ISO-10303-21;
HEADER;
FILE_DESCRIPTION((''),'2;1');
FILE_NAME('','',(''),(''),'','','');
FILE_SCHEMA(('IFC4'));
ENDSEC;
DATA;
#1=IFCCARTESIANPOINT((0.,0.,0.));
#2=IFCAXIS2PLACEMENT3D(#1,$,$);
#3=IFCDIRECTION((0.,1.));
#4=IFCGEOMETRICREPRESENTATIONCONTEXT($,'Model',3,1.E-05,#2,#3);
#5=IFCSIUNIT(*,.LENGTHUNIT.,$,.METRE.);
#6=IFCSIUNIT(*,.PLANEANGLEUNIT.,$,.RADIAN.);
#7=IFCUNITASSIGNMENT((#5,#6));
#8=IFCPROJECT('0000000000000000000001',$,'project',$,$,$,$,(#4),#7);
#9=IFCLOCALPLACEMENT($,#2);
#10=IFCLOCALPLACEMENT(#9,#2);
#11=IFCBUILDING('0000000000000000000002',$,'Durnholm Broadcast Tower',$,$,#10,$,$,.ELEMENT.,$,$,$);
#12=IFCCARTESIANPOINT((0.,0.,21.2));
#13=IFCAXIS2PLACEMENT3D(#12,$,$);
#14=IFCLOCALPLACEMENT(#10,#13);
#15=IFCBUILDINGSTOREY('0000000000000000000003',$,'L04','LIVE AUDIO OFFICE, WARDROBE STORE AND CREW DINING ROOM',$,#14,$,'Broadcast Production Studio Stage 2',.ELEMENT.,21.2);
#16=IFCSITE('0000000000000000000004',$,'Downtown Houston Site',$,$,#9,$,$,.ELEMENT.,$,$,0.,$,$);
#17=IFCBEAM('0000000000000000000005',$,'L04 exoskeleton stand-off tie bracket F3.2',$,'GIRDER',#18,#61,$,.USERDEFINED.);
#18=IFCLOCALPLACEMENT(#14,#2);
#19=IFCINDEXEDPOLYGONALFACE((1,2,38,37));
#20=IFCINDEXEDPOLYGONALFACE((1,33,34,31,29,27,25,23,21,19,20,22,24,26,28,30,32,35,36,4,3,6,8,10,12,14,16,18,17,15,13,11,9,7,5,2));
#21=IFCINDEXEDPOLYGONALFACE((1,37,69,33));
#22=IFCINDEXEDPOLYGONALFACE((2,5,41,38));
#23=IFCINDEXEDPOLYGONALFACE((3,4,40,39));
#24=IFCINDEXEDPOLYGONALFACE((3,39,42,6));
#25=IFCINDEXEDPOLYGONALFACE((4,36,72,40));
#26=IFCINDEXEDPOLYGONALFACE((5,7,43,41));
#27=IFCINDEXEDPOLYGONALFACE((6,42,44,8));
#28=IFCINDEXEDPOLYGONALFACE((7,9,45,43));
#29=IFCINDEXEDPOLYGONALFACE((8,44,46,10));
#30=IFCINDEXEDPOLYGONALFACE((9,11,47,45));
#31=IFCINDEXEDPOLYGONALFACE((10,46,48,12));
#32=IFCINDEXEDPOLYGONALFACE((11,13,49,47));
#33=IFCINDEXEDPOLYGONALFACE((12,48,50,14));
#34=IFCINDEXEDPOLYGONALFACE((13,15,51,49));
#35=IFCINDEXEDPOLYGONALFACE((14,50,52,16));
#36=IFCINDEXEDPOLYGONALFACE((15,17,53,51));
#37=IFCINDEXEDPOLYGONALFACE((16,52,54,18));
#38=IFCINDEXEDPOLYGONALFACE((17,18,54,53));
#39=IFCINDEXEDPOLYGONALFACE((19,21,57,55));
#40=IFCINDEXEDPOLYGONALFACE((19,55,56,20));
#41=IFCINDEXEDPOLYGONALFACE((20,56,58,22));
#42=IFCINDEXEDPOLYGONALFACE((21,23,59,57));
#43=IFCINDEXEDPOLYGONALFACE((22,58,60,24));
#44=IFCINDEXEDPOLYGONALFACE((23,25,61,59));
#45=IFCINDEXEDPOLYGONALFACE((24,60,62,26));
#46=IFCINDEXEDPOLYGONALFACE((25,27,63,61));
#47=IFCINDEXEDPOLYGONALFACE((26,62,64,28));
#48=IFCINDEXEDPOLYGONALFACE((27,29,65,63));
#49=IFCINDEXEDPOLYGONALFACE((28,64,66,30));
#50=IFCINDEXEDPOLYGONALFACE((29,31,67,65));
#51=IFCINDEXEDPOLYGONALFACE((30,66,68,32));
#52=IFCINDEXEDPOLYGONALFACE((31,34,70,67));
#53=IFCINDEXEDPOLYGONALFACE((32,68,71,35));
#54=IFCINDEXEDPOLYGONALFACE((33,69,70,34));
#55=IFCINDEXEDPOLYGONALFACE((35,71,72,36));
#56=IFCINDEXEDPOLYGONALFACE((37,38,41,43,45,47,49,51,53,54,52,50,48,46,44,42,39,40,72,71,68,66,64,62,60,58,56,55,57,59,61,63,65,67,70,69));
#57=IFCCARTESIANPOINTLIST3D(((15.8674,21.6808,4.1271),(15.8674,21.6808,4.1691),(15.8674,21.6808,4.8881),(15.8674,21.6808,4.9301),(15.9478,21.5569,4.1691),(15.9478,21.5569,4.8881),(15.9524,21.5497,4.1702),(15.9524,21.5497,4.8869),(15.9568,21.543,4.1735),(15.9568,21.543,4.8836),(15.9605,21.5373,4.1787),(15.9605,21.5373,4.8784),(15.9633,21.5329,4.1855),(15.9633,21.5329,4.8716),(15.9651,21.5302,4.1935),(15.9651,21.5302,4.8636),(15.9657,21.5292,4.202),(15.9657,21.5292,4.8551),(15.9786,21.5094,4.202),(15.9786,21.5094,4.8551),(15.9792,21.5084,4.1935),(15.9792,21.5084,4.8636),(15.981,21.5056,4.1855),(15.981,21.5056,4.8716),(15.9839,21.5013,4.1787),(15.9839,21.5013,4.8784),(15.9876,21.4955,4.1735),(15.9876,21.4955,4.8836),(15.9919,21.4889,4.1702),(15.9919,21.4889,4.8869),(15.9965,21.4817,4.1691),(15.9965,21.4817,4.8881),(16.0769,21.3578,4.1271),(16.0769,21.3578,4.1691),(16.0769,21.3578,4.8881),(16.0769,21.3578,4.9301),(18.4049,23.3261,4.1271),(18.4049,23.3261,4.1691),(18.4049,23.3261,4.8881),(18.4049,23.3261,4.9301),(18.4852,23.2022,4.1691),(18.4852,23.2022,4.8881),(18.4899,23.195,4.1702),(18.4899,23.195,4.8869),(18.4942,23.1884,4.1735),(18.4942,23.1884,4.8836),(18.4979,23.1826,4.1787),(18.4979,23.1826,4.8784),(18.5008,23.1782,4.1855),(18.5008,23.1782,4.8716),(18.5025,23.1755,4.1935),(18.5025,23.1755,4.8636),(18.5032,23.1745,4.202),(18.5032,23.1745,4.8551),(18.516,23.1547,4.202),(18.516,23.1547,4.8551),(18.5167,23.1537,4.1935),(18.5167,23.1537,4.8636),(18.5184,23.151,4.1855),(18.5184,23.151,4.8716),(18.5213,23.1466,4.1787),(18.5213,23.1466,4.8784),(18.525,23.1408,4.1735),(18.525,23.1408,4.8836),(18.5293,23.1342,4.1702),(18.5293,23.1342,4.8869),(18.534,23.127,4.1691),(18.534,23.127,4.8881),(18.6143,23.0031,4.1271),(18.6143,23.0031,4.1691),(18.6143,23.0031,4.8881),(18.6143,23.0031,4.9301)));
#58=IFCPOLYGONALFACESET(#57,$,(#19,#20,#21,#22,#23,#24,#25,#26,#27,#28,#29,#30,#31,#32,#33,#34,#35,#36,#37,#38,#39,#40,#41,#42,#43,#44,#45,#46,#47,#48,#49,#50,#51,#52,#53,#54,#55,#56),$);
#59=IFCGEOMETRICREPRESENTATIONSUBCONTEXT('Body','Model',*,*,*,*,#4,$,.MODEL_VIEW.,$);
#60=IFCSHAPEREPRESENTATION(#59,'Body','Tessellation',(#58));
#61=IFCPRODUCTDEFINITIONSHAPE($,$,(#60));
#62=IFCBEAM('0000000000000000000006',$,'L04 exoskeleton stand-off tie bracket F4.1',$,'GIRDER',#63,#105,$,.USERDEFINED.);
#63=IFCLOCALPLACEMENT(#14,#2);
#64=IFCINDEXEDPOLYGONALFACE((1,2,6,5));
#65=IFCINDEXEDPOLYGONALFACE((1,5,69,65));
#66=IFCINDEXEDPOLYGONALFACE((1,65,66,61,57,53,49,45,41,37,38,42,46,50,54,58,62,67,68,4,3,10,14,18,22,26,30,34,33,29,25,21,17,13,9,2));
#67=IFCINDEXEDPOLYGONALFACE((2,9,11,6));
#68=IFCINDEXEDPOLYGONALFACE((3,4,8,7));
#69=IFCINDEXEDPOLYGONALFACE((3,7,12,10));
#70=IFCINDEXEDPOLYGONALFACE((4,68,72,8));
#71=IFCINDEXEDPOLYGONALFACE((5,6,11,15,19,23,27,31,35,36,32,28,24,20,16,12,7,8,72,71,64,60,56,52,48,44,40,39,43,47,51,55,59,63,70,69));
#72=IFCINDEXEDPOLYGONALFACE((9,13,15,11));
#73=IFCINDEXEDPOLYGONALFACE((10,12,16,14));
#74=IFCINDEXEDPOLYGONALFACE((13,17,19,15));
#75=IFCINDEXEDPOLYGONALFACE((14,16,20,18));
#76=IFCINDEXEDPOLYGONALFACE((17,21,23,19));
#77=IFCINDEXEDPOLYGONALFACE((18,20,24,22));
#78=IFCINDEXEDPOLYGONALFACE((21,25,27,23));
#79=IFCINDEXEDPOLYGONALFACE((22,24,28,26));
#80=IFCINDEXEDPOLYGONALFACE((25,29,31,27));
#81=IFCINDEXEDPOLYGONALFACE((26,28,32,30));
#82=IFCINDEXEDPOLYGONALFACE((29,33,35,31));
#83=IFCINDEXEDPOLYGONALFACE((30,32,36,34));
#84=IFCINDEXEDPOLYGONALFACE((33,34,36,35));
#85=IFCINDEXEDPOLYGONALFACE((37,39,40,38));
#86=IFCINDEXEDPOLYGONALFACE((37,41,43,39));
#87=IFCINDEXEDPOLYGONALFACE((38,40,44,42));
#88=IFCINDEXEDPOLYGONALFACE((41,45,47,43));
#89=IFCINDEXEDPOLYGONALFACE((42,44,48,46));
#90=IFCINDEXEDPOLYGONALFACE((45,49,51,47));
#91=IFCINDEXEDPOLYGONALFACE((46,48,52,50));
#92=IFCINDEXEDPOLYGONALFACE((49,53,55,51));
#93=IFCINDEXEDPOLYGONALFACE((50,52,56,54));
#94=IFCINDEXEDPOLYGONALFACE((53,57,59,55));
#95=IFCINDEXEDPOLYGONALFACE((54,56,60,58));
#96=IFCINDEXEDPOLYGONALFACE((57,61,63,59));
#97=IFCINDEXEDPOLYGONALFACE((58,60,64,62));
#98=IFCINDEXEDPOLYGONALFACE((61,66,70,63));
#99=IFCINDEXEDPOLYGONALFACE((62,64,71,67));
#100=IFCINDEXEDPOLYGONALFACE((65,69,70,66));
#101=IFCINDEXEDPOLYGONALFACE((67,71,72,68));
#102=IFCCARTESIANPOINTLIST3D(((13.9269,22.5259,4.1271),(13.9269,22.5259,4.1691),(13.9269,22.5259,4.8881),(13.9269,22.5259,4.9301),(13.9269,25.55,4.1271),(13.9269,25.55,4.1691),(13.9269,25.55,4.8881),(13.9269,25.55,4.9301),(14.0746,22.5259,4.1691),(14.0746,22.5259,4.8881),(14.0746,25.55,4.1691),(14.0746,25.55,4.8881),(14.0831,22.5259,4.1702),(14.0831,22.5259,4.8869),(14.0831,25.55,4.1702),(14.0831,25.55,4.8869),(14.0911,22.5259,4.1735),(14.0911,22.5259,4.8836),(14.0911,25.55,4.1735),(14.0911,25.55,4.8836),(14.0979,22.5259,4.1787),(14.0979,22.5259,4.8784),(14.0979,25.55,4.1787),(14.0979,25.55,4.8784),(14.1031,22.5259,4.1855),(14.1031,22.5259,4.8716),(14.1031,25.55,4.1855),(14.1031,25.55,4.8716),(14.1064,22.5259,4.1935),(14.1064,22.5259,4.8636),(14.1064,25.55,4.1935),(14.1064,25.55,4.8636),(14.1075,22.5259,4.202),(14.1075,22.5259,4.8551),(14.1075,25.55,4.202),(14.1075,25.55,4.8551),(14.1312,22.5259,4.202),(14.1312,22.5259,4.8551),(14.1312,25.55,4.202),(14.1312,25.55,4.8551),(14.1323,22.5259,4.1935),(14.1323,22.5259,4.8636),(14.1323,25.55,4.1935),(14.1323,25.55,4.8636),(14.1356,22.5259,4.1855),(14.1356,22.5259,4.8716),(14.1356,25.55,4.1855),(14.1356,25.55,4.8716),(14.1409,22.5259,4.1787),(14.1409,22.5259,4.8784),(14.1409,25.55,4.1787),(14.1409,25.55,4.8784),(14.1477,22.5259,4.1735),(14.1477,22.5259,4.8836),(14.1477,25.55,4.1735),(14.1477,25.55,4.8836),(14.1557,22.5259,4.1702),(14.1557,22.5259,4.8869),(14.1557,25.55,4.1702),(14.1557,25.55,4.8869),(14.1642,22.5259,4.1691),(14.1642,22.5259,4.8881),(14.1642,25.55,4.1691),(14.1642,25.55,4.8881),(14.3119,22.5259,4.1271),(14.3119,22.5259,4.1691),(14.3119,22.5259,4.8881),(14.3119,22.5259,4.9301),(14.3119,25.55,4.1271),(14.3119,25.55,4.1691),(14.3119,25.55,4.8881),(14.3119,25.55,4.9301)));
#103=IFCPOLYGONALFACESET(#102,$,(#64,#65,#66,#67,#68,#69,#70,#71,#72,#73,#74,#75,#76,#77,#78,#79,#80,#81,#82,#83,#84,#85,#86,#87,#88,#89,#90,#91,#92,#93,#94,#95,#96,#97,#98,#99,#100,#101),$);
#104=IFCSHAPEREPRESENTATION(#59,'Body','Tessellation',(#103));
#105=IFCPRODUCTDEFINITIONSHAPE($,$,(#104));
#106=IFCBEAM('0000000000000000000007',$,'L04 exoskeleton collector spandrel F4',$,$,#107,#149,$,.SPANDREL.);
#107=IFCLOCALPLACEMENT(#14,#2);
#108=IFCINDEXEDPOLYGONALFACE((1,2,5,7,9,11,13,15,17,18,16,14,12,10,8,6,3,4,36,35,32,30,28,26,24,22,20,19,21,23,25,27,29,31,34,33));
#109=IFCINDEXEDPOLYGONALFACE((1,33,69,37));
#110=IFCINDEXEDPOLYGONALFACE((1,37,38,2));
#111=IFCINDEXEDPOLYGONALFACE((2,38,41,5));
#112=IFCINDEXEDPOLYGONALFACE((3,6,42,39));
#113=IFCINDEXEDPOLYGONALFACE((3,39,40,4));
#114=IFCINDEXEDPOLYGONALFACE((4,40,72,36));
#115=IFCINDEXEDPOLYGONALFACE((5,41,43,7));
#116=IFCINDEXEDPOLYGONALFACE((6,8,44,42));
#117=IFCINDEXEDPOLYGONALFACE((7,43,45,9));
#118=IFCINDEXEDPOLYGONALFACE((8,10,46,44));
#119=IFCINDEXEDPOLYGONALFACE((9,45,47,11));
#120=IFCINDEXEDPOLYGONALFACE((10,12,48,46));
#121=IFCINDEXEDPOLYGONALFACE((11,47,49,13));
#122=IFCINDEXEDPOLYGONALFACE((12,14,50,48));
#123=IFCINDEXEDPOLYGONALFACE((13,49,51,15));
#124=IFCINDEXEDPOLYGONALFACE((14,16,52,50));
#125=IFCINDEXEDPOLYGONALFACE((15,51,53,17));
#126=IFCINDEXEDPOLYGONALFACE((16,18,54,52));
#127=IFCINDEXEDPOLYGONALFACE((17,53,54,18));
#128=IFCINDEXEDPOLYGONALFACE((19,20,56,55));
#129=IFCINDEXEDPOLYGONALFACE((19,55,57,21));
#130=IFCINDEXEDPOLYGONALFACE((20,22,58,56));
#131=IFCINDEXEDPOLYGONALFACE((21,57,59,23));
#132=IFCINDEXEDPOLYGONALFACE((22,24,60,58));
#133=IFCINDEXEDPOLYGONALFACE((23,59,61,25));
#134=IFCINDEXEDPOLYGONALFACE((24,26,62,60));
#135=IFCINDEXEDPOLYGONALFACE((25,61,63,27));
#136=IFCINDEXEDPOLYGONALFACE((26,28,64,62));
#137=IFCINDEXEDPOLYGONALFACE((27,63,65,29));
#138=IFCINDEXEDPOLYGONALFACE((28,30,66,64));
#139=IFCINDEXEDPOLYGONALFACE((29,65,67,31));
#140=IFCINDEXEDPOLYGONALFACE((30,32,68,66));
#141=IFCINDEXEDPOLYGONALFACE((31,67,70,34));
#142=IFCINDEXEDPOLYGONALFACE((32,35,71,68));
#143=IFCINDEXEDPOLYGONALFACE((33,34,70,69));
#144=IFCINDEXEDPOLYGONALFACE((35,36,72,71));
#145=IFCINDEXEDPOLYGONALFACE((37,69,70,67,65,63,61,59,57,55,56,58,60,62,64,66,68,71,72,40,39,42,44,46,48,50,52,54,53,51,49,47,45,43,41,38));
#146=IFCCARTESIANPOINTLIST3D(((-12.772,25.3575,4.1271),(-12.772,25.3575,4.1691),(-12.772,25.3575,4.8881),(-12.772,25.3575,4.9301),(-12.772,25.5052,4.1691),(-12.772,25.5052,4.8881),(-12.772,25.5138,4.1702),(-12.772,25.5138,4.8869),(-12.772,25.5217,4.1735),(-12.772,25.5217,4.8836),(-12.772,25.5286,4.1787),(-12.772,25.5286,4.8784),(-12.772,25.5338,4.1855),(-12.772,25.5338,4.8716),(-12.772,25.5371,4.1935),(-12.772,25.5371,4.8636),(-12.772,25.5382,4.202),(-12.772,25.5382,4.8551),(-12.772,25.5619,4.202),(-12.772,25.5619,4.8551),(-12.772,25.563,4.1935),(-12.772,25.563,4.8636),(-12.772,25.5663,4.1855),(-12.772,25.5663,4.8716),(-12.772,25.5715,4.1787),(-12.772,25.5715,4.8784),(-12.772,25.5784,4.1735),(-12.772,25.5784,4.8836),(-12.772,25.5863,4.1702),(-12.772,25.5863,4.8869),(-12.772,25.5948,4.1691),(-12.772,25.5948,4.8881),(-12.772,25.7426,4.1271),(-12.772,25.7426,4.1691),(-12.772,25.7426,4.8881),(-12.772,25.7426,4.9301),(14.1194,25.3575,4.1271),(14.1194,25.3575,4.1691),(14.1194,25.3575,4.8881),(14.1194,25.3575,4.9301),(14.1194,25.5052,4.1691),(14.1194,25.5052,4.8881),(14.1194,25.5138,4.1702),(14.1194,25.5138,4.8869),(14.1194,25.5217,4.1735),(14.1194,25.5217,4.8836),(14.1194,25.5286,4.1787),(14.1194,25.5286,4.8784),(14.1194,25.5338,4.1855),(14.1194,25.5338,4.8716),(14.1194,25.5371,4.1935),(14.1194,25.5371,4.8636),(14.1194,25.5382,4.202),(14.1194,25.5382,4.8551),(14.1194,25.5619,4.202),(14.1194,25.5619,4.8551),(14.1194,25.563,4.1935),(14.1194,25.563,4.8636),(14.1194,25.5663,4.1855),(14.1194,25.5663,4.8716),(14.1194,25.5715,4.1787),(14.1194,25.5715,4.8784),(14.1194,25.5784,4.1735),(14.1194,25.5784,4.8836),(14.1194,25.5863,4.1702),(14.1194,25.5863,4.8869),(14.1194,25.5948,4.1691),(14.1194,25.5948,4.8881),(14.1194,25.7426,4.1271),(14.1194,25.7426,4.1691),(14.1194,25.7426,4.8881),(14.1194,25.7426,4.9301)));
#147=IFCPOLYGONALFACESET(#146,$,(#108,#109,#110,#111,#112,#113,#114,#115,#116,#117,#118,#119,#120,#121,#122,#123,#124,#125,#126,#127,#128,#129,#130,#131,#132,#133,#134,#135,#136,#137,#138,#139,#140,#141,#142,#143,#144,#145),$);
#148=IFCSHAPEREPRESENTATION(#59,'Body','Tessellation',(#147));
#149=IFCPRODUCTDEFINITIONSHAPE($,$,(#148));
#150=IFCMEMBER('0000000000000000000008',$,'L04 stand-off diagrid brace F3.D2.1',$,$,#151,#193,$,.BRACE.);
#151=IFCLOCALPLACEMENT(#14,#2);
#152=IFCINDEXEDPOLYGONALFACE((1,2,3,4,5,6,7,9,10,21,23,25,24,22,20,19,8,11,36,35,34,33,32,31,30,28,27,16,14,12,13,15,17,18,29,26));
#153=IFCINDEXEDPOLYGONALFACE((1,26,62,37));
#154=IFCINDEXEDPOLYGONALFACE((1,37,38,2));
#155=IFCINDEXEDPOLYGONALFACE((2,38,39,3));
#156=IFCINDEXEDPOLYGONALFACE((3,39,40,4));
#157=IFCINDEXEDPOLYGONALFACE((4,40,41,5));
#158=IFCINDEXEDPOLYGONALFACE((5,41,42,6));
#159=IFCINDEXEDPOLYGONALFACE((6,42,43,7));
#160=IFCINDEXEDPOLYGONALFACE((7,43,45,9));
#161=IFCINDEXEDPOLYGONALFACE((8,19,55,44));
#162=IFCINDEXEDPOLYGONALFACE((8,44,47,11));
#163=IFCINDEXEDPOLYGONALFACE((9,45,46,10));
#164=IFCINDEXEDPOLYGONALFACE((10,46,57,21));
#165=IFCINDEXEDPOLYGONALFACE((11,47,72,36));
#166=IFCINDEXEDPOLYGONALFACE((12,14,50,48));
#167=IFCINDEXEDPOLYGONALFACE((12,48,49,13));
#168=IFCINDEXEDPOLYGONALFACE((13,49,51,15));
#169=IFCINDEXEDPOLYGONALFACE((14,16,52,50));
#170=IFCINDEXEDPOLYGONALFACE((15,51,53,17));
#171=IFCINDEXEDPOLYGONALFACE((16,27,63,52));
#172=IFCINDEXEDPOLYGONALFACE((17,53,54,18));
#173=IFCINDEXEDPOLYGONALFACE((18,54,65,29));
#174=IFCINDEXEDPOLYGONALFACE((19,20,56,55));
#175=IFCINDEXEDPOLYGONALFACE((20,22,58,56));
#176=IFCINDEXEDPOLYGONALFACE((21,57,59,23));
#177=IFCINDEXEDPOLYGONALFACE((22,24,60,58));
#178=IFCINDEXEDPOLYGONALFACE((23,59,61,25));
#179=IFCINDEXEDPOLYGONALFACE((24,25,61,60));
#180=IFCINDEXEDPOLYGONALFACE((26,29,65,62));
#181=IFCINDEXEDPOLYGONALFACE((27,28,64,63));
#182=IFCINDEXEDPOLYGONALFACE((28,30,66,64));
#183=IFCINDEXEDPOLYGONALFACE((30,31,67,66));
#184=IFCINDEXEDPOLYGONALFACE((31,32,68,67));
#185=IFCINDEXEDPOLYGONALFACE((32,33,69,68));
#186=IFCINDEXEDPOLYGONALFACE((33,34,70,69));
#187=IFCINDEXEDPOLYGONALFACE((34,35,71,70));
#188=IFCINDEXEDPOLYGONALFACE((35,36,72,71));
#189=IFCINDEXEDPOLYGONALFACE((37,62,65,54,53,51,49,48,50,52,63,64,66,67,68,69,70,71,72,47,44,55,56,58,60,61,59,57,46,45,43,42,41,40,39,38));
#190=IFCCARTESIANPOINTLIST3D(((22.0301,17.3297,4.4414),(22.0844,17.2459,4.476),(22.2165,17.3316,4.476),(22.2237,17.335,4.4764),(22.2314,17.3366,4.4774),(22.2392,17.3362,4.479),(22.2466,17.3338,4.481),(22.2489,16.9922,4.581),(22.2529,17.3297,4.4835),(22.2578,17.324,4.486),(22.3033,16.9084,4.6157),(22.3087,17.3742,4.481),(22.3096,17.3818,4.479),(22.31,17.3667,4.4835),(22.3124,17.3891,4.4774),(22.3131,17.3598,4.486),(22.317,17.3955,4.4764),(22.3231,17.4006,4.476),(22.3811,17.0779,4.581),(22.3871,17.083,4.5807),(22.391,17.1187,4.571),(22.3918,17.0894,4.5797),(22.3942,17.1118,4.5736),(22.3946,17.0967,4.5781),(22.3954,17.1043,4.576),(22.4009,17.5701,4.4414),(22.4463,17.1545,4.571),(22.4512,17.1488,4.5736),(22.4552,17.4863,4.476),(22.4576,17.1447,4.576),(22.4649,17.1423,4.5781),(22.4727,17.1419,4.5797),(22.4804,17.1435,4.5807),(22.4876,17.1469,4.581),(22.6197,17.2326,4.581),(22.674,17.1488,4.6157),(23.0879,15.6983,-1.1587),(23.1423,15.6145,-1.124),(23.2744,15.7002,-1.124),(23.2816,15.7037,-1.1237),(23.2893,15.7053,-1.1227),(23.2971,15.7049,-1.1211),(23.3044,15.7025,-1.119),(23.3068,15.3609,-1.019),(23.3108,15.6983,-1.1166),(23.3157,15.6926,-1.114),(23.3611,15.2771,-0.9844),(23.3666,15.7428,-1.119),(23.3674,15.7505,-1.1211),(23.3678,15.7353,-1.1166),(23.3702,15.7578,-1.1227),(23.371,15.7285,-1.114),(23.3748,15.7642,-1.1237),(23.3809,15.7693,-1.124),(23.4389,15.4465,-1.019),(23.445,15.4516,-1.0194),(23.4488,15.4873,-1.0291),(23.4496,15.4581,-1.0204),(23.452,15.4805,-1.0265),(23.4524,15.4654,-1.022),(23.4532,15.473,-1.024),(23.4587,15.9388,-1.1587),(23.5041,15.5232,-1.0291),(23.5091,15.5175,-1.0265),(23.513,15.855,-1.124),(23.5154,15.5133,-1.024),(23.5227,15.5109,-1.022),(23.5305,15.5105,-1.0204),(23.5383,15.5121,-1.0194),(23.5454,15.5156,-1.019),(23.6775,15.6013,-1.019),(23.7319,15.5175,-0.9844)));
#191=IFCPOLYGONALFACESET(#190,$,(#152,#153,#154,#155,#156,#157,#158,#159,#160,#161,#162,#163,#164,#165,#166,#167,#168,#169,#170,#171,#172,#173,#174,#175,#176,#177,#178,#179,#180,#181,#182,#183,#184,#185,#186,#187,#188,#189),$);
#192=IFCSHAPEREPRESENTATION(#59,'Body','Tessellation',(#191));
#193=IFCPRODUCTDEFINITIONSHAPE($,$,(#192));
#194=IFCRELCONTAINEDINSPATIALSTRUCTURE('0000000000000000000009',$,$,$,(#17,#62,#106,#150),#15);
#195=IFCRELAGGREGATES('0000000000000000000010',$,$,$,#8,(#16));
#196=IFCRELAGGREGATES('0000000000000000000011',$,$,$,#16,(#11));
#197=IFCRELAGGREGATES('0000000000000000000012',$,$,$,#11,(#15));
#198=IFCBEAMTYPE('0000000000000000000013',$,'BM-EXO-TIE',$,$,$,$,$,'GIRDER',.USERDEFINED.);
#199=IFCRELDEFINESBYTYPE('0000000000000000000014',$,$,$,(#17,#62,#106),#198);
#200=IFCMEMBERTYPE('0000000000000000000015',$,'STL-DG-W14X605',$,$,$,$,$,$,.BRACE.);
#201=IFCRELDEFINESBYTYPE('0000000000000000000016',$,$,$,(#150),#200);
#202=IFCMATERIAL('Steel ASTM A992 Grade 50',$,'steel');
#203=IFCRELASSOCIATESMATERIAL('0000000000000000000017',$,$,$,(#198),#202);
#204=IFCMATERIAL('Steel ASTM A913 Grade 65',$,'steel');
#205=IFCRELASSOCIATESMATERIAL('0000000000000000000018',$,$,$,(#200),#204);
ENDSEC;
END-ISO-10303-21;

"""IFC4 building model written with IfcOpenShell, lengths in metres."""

from ifc_helpers import new_model, si_unit, direction, frame, origin, origin_2d, place, context, subcontext, project, spatial, i_section, extrude, source, transform, mapped, material, material_profile, profile_set, type_object, type_shapes, element, save


model = new_model("IFC4")

# Units and contexts
model_context = context("Model", 3, precision=1e-05, world=origin(), true_north=direction((0.0, 1.0)))
body_context = subcontext(model_context, "Body", "Model", "MODEL_VIEW")
ifc_project = project(units=[si_unit("LENGTHUNIT", "METRE"), si_unit("PLANEANGLEUNIT", "RADIAN")], contexts=[model_context])

# Site, building, storey
site_placement = place(None, origin())
site = spatial("IfcSite", under=ifc_project, at=site_placement, Name="Downtown Houston Site", CompositionType="ELEMENT", RefElevation=0.0)
building_placement = place(site_placement, origin())
building = spatial("IfcBuilding", under=site, at=building_placement, Name="Durnholm Broadcast Tower", CompositionType="ELEMENT")
storey_placement = place(building_placement, frame((0.0, 0.0, 21.2)))
storey = spatial("IfcBuildingStorey", under=building, at=storey_placement, Name="L04", Description="LIVE AUDIO OFFICE, WARDROBE STORE AND CREW DINING ROOM", LongName="Broadcast Production Studio Stage 2", CompositionType="ELEMENT", Elevation=21.2)

# Shared definitions
ifc_material_1 = material(Name="Steel ASTM A913 Grade 65", Category="steel")

# Beams
ifc_material_2 = material(Name="Steel ASTM A992 Grade 50", Category="steel")
ifc_material_profile_1 = material_profile(ifc_material_2, i_section(OverallWidth=0.385, OverallDepth=0.803, WebThickness=0.0237, FlangeThickness=0.042, FilletRadius=0.033, at=origin_2d()), Name="W30X261")
ifc_profile_set_1 = profile_set([ifc_material_profile_1], Name="Steel ASTM A992 Grade 50")
beam_type_1 = type_object("IfcBeamType", Name="BM-EXO-TIE", ElementType="GIRDER", PredefinedType="USERDEFINED", material=ifc_profile_set_1)
shared_shape_1 = source(origin(), body_context, "Body", "SweptSolid", [
    extrude(i_section(OverallWidth=0.385, OverallDepth=0.803, WebThickness=0.0237, FlangeThickness=0.042, FilletRadius=0.033, at=origin_2d()), origin(), (0.0, 0.0, 1.0), 3.0242),
])
for number, where, z_axis, x_axis, name in (
    (1, (15.9722, 21.5193, 4.5286), (0.83905, 0.544054, 0.0), (-0.544054, 0.83905, 0.0), "L04 exoskeleton stand-off tie bracket F3.2"),
    (2, (14.1194, 22.5259, 4.5286), (0.0, 1.0, 0.0), (-1.0, 0.0, 0.0), "L04 exoskeleton stand-off tie bracket F4.1"),
):
    element("IfcBeam", number, at=place(storey_placement, frame(where, z_axis=z_axis, x_axis=x_axis)), inside=storey, type_object=beam_type_1, Name=name, ObjectType="GIRDER", PredefinedType="USERDEFINED", context=body_context, shape_type="MappedRepresentation", body=[
        mapped(shared_shape_1, transform((0.0, 0.0, 0.0), x_axis=(1.0, 0.0, 0.0), y_axis=(0.0, 1.0, 0.0), z_axis=(0.0, 0.0, 1.0), scale=1.0)),
    ])
shared_shape_2 = source(origin(), body_context, "Body", "SweptSolid", [
    extrude(i_section(OverallWidth=0.385, OverallDepth=0.803, WebThickness=0.0237, FlangeThickness=0.042, FilletRadius=0.033, at=origin_2d()), origin(), (0.0, 0.0, 1.0), 26.8914),
])
type_shapes(beam_type_1, [shared_shape_1, shared_shape_2])
beam_1_placement = place(storey_placement, frame((14.1194, 25.55, 4.5286), z_axis=(-1.0, 0.0, 0.0), x_axis=(0.0, -1.0, 0.0)))
element("IfcBeam", 3, at=beam_1_placement, inside=storey, type_object=beam_type_1, Name="L04 exoskeleton collector spandrel F4", PredefinedType="SPANDREL", context=body_context, shape_type="MappedRepresentation", body=[
    mapped(shared_shape_2, transform((0.0, 0.0, 0.0), x_axis=(1.0, 0.0, 0.0), y_axis=(0.0, 1.0, 0.0), z_axis=(0.0, 0.0, 1.0), scale=1.0)),
])

# Member
ifc_material_profile_2 = material_profile(ifc_material_1, i_section(OverallWidth=0.4419, OverallDepth=0.5315, WebThickness=0.0659, FlangeThickness=0.1057, FilletRadius=0.0305, at=origin_2d()), Name="W14X605")
ifc_profile_set_2 = profile_set([ifc_material_profile_2], Name="Steel ASTM A913 Grade 65")
member_type_1 = type_object("IfcMemberType", Name="STL-DG-W14X605", PredefinedType="BRACE", material=ifc_profile_set_2)
shared_shape_3 = source(origin(), body_context, "Body", "SweptSolid", [
    extrude(i_section(OverallWidth=0.4419, OverallDepth=0.5315, WebThickness=0.0659, FlangeThickness=0.1057, FilletRadius=0.0305, at=origin_2d()), origin(), (0.0, 0.0, 1.0), 5.928),
])
type_shapes(member_type_1, [shared_shape_3])
for number, where, z_axis, x_axis, name in (
    (4, (23.4099, 15.6079, -1.0715), (-0.178451, 0.275193, 0.944682), (-0.839034, -0.544079, 0.0), "L04 stand-off diagrid brace F3.D2.1"),
):
    element("IfcMember", number, at=place(storey_placement, frame(where, z_axis=z_axis, x_axis=x_axis)), inside=storey, type_object=member_type_1, Name=name, PredefinedType="BRACE", context=body_context, shape_type="MappedRepresentation", body=[
        mapped(shared_shape_3, transform((0.0, 0.0, 0.0), x_axis=(1.0, 0.0, 0.0), y_axis=(0.0, 1.0, 0.0), z_axis=(0.0, 0.0, 1.0), scale=1.0)),
    ])

save(model, "model.ifc")
